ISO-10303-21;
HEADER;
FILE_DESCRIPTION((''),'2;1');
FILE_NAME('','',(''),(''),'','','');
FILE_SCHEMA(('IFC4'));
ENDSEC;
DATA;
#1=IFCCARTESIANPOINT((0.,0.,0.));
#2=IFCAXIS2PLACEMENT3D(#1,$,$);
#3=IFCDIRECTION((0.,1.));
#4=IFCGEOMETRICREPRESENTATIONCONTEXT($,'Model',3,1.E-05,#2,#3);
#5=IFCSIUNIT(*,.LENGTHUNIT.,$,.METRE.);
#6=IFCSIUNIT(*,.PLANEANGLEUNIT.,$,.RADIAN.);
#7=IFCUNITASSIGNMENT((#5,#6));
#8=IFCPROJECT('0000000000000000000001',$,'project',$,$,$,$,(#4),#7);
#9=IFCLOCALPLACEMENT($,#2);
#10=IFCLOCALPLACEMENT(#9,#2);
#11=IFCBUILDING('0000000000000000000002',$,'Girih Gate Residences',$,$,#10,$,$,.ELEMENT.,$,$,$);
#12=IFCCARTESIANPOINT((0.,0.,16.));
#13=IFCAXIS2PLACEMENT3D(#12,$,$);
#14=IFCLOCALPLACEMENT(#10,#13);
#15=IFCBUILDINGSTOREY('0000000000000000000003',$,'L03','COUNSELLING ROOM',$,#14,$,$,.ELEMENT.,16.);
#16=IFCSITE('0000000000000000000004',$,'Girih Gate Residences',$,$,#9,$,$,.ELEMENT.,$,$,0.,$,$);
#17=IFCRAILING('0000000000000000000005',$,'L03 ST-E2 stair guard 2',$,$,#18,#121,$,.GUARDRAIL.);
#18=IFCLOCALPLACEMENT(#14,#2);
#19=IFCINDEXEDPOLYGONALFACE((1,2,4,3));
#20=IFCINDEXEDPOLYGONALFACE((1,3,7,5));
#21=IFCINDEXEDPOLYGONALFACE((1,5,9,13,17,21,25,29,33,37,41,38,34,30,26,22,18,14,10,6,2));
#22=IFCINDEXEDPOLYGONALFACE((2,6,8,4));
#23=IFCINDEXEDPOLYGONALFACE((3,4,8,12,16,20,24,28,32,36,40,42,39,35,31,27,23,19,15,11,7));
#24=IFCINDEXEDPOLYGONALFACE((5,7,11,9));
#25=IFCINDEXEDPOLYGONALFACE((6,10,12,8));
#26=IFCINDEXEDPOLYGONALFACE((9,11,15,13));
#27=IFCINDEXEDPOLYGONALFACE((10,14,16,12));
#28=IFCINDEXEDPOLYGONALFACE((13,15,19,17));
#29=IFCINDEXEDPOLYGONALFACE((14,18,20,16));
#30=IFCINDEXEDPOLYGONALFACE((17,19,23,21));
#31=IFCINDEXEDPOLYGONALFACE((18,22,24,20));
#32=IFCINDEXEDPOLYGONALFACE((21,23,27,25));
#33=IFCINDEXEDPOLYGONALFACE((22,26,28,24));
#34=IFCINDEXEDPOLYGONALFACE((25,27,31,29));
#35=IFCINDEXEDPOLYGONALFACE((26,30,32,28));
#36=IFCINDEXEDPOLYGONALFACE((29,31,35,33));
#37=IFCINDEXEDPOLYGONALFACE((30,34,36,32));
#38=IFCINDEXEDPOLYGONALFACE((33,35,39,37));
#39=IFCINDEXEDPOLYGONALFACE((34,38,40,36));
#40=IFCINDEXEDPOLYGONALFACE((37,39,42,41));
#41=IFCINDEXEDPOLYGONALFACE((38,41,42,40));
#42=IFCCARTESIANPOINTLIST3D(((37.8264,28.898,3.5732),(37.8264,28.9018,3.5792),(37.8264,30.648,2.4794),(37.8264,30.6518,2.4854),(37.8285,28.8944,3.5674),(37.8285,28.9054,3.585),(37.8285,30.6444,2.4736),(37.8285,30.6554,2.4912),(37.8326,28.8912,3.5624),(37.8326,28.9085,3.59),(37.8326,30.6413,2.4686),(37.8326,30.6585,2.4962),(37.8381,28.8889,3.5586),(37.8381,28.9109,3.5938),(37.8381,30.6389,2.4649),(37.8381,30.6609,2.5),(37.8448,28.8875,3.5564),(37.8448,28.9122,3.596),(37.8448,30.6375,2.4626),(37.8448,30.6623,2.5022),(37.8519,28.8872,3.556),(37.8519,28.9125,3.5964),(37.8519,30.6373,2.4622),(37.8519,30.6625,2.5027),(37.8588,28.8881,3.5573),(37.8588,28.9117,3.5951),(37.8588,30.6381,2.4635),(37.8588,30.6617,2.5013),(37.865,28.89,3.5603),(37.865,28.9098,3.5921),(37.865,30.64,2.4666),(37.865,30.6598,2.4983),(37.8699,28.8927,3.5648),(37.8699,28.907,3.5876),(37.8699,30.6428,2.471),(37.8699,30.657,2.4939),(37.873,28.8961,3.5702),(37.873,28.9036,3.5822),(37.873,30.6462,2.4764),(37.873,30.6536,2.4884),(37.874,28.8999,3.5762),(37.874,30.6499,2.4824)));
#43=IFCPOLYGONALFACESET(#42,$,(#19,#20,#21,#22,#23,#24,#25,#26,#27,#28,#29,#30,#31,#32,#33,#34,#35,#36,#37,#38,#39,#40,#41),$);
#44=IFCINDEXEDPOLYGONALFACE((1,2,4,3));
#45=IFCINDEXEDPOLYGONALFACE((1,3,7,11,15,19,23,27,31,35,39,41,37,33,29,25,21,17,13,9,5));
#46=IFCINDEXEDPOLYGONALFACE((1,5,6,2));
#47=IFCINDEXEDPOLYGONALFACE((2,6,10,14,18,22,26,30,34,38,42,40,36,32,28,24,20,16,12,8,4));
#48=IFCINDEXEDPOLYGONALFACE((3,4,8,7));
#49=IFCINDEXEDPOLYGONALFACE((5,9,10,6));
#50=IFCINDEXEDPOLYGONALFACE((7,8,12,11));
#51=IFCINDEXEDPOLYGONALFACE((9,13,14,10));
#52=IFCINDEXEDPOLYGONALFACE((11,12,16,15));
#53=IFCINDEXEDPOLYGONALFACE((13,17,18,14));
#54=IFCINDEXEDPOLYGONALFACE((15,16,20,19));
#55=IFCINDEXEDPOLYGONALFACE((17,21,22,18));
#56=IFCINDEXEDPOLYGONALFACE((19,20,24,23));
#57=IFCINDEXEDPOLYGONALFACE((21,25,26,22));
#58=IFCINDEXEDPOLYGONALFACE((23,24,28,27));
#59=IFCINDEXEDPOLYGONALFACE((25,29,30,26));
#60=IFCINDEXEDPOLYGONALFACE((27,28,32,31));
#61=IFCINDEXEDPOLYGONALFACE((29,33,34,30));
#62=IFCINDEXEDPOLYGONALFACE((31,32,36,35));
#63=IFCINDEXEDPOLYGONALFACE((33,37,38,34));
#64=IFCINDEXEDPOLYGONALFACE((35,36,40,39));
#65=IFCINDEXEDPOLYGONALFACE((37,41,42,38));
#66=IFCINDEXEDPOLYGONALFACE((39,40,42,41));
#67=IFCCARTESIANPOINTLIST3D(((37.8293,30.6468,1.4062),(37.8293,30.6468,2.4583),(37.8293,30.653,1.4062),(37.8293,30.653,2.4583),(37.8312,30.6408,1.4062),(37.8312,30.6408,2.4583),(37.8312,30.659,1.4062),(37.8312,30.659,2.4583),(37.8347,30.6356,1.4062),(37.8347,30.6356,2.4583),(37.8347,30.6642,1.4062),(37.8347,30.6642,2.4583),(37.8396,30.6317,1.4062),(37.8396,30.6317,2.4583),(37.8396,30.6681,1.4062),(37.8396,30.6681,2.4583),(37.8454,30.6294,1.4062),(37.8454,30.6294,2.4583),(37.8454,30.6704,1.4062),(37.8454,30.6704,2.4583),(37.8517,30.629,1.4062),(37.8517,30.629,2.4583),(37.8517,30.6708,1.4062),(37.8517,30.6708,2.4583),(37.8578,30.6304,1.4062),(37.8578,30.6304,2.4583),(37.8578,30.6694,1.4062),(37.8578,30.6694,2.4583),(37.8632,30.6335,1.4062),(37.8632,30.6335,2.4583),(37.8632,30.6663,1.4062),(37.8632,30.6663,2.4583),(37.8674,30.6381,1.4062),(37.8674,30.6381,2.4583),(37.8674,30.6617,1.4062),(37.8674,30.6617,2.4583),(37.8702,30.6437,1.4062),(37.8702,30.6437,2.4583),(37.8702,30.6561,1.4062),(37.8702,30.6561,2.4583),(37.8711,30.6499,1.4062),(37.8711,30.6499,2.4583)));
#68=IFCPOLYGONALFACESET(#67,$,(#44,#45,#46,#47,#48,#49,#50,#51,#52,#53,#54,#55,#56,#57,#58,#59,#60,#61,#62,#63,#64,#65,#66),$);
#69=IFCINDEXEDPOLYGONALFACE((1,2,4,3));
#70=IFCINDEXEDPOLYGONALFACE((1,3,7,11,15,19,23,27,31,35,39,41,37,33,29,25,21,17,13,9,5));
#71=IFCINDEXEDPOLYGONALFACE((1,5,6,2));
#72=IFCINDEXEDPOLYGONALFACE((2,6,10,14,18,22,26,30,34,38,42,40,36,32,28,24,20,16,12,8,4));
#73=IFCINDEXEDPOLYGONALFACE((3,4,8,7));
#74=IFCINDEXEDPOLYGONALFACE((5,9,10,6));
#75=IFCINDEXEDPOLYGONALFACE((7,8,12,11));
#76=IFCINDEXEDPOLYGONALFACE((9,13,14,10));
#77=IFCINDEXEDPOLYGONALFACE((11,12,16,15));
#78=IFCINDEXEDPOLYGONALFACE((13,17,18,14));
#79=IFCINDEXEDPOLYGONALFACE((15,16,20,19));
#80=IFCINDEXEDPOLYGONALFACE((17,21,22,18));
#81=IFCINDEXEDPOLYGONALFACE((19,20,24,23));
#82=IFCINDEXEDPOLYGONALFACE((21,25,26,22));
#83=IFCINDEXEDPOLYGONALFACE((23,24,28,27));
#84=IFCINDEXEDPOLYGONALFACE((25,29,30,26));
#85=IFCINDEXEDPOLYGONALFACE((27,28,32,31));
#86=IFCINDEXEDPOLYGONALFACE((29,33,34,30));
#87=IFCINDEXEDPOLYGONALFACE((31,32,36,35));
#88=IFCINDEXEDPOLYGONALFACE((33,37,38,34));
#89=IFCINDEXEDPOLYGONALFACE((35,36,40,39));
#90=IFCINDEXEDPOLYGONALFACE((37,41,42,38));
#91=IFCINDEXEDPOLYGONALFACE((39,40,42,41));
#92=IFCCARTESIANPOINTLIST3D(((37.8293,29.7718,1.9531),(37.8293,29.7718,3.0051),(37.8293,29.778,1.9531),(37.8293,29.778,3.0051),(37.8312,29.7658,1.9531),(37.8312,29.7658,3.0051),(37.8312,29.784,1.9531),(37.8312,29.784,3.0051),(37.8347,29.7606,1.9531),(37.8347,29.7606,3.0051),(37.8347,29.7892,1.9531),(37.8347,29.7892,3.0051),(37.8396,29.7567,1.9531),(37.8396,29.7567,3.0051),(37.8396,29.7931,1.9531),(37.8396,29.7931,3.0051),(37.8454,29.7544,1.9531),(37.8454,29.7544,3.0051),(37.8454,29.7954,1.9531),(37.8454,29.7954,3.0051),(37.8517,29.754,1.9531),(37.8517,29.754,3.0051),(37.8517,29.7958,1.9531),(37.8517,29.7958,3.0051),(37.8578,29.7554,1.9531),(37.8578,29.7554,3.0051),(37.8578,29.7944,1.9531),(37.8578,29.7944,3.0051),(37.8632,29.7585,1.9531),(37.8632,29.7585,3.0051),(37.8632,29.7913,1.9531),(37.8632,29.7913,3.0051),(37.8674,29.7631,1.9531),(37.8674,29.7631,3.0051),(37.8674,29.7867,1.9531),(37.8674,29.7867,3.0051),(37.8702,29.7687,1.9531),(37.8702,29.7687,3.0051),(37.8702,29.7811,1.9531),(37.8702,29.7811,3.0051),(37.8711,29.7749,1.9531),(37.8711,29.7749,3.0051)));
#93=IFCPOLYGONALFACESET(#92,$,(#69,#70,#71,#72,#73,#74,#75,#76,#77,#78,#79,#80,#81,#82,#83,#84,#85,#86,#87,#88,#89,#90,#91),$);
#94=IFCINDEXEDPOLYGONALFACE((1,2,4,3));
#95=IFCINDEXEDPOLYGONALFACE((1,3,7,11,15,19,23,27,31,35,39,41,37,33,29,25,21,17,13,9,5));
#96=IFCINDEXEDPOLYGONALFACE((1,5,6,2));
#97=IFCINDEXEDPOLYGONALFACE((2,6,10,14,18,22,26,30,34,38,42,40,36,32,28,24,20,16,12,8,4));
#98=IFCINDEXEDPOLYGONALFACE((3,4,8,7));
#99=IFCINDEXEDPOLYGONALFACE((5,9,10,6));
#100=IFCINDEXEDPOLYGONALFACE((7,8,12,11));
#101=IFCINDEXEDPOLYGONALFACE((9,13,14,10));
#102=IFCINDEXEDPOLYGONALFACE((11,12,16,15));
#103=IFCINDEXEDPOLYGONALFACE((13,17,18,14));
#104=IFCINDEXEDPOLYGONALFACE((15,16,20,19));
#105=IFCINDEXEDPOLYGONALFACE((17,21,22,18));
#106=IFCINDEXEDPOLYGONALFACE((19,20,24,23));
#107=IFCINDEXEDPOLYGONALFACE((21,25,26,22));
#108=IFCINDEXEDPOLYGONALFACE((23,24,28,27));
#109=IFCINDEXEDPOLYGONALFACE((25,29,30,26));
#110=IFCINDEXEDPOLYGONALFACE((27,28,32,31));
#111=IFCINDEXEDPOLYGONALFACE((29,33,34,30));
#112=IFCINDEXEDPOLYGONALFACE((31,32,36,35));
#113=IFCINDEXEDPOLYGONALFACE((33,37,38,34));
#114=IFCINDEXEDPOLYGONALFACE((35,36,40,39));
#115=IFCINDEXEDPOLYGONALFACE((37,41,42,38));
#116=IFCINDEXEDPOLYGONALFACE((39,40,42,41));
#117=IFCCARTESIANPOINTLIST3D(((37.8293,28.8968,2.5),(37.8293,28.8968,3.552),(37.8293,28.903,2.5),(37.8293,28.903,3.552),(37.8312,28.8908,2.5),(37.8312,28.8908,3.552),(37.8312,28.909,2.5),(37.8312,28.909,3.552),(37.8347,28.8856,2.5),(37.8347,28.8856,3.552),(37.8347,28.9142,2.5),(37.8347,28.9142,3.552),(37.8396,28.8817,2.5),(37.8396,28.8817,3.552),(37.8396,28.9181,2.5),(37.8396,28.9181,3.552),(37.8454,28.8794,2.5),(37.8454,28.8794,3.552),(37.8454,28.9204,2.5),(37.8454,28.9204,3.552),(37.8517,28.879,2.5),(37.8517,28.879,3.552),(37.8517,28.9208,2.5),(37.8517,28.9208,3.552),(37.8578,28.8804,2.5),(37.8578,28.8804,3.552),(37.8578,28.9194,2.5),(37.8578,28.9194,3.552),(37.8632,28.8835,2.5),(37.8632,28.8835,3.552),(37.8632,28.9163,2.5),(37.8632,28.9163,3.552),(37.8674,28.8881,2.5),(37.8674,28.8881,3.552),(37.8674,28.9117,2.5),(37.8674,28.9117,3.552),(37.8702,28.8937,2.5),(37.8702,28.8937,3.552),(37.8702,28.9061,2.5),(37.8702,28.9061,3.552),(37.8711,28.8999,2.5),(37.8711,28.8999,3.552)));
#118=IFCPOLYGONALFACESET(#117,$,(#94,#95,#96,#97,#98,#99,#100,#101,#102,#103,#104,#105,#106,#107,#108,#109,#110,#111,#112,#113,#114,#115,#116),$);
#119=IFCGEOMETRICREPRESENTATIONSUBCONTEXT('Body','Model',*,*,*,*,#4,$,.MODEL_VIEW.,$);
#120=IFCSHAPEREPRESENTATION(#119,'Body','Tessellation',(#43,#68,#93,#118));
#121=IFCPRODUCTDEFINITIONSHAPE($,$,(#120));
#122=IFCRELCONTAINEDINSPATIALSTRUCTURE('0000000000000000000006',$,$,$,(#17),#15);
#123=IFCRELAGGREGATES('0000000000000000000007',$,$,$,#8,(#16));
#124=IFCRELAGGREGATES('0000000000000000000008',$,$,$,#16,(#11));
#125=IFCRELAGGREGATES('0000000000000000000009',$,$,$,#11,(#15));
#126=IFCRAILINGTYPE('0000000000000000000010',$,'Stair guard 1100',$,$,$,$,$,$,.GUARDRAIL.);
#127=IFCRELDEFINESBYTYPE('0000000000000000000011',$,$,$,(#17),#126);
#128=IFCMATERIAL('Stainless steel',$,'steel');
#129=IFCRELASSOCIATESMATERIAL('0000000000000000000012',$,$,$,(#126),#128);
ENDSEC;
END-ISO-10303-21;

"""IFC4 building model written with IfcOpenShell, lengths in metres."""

from ifc_helpers import new_model, si_unit, direction, frame, origin, origin_2d, place, context, subcontext, project, spatial, circle, extrude, material, type_object, element, save


model = new_model("IFC4")

# Units and contexts
model_context = context("Model", 3, precision=1e-05, world=origin(), true_north=direction((0.0, 1.0)))
body_context = subcontext(model_context, "Body", "Model", "MODEL_VIEW")
ifc_project = project(units=[si_unit("LENGTHUNIT", "METRE"), si_unit("PLANEANGLEUNIT", "RADIAN")], contexts=[model_context])

# Site, building, storey
site_placement = place(None, origin())
site = spatial("IfcSite", under=ifc_project, at=site_placement, Name="Girih Gate Residences", CompositionType="ELEMENT", RefElevation=0.0)
building_placement = place(site_placement, origin())
building = spatial("IfcBuilding", under=site, at=building_placement, Name="Girih Gate Residences", CompositionType="ELEMENT")
storey_placement = place(building_placement, frame((0.0, 0.0, 16.0)))
storey = spatial("IfcBuildingStorey", under=building, at=storey_placement, Name="L03", Description="COUNSELLING ROOM", CompositionType="ELEMENT", Elevation=16.0)

# Railing
ifc_material_1 = material(Name="Stainless steel", Category="steel")
railing_type_1 = type_object("IfcRailingType", Name="Stair guard 1100", PredefinedType="GUARDRAIL", material=ifc_material_1)
railing_1_placement = place(storey_placement, frame((37.8501, 30.6499, 1.4062)))
element("IfcRailing", 1, at=railing_1_placement, inside=storey, type_object=railing_type_1, Name="L03 ST-E2 stair guard 2", PredefinedType="GUARDRAIL", context=body_context, shape_type="SweptSolid", body=[
    extrude(circle(Radius=0.0239, at=origin_2d()), frame((0.0, 0.0, 1.0762), z_axis=(0.0, -0.847998, 0.529999), x_axis=(1.0, 0.0, 0.0)), (0.0, 0.0, 1.0), 2.0637),
    extrude(circle(Radius=0.021, at=origin_2d()), origin(), (0.0, 0.0, 1.0), 1.052),
    extrude(circle(Radius=0.021, at=origin_2d()), frame((0.0, -0.875, 0.5469)), (0.0, 0.0, 1.0), 1.052),
    extrude(circle(Radius=0.021, at=origin_2d()), frame((0.0, -1.75, 1.0938)), (0.0, 0.0, 1.0), 1.052),
])

save(model, "model.ifc")
